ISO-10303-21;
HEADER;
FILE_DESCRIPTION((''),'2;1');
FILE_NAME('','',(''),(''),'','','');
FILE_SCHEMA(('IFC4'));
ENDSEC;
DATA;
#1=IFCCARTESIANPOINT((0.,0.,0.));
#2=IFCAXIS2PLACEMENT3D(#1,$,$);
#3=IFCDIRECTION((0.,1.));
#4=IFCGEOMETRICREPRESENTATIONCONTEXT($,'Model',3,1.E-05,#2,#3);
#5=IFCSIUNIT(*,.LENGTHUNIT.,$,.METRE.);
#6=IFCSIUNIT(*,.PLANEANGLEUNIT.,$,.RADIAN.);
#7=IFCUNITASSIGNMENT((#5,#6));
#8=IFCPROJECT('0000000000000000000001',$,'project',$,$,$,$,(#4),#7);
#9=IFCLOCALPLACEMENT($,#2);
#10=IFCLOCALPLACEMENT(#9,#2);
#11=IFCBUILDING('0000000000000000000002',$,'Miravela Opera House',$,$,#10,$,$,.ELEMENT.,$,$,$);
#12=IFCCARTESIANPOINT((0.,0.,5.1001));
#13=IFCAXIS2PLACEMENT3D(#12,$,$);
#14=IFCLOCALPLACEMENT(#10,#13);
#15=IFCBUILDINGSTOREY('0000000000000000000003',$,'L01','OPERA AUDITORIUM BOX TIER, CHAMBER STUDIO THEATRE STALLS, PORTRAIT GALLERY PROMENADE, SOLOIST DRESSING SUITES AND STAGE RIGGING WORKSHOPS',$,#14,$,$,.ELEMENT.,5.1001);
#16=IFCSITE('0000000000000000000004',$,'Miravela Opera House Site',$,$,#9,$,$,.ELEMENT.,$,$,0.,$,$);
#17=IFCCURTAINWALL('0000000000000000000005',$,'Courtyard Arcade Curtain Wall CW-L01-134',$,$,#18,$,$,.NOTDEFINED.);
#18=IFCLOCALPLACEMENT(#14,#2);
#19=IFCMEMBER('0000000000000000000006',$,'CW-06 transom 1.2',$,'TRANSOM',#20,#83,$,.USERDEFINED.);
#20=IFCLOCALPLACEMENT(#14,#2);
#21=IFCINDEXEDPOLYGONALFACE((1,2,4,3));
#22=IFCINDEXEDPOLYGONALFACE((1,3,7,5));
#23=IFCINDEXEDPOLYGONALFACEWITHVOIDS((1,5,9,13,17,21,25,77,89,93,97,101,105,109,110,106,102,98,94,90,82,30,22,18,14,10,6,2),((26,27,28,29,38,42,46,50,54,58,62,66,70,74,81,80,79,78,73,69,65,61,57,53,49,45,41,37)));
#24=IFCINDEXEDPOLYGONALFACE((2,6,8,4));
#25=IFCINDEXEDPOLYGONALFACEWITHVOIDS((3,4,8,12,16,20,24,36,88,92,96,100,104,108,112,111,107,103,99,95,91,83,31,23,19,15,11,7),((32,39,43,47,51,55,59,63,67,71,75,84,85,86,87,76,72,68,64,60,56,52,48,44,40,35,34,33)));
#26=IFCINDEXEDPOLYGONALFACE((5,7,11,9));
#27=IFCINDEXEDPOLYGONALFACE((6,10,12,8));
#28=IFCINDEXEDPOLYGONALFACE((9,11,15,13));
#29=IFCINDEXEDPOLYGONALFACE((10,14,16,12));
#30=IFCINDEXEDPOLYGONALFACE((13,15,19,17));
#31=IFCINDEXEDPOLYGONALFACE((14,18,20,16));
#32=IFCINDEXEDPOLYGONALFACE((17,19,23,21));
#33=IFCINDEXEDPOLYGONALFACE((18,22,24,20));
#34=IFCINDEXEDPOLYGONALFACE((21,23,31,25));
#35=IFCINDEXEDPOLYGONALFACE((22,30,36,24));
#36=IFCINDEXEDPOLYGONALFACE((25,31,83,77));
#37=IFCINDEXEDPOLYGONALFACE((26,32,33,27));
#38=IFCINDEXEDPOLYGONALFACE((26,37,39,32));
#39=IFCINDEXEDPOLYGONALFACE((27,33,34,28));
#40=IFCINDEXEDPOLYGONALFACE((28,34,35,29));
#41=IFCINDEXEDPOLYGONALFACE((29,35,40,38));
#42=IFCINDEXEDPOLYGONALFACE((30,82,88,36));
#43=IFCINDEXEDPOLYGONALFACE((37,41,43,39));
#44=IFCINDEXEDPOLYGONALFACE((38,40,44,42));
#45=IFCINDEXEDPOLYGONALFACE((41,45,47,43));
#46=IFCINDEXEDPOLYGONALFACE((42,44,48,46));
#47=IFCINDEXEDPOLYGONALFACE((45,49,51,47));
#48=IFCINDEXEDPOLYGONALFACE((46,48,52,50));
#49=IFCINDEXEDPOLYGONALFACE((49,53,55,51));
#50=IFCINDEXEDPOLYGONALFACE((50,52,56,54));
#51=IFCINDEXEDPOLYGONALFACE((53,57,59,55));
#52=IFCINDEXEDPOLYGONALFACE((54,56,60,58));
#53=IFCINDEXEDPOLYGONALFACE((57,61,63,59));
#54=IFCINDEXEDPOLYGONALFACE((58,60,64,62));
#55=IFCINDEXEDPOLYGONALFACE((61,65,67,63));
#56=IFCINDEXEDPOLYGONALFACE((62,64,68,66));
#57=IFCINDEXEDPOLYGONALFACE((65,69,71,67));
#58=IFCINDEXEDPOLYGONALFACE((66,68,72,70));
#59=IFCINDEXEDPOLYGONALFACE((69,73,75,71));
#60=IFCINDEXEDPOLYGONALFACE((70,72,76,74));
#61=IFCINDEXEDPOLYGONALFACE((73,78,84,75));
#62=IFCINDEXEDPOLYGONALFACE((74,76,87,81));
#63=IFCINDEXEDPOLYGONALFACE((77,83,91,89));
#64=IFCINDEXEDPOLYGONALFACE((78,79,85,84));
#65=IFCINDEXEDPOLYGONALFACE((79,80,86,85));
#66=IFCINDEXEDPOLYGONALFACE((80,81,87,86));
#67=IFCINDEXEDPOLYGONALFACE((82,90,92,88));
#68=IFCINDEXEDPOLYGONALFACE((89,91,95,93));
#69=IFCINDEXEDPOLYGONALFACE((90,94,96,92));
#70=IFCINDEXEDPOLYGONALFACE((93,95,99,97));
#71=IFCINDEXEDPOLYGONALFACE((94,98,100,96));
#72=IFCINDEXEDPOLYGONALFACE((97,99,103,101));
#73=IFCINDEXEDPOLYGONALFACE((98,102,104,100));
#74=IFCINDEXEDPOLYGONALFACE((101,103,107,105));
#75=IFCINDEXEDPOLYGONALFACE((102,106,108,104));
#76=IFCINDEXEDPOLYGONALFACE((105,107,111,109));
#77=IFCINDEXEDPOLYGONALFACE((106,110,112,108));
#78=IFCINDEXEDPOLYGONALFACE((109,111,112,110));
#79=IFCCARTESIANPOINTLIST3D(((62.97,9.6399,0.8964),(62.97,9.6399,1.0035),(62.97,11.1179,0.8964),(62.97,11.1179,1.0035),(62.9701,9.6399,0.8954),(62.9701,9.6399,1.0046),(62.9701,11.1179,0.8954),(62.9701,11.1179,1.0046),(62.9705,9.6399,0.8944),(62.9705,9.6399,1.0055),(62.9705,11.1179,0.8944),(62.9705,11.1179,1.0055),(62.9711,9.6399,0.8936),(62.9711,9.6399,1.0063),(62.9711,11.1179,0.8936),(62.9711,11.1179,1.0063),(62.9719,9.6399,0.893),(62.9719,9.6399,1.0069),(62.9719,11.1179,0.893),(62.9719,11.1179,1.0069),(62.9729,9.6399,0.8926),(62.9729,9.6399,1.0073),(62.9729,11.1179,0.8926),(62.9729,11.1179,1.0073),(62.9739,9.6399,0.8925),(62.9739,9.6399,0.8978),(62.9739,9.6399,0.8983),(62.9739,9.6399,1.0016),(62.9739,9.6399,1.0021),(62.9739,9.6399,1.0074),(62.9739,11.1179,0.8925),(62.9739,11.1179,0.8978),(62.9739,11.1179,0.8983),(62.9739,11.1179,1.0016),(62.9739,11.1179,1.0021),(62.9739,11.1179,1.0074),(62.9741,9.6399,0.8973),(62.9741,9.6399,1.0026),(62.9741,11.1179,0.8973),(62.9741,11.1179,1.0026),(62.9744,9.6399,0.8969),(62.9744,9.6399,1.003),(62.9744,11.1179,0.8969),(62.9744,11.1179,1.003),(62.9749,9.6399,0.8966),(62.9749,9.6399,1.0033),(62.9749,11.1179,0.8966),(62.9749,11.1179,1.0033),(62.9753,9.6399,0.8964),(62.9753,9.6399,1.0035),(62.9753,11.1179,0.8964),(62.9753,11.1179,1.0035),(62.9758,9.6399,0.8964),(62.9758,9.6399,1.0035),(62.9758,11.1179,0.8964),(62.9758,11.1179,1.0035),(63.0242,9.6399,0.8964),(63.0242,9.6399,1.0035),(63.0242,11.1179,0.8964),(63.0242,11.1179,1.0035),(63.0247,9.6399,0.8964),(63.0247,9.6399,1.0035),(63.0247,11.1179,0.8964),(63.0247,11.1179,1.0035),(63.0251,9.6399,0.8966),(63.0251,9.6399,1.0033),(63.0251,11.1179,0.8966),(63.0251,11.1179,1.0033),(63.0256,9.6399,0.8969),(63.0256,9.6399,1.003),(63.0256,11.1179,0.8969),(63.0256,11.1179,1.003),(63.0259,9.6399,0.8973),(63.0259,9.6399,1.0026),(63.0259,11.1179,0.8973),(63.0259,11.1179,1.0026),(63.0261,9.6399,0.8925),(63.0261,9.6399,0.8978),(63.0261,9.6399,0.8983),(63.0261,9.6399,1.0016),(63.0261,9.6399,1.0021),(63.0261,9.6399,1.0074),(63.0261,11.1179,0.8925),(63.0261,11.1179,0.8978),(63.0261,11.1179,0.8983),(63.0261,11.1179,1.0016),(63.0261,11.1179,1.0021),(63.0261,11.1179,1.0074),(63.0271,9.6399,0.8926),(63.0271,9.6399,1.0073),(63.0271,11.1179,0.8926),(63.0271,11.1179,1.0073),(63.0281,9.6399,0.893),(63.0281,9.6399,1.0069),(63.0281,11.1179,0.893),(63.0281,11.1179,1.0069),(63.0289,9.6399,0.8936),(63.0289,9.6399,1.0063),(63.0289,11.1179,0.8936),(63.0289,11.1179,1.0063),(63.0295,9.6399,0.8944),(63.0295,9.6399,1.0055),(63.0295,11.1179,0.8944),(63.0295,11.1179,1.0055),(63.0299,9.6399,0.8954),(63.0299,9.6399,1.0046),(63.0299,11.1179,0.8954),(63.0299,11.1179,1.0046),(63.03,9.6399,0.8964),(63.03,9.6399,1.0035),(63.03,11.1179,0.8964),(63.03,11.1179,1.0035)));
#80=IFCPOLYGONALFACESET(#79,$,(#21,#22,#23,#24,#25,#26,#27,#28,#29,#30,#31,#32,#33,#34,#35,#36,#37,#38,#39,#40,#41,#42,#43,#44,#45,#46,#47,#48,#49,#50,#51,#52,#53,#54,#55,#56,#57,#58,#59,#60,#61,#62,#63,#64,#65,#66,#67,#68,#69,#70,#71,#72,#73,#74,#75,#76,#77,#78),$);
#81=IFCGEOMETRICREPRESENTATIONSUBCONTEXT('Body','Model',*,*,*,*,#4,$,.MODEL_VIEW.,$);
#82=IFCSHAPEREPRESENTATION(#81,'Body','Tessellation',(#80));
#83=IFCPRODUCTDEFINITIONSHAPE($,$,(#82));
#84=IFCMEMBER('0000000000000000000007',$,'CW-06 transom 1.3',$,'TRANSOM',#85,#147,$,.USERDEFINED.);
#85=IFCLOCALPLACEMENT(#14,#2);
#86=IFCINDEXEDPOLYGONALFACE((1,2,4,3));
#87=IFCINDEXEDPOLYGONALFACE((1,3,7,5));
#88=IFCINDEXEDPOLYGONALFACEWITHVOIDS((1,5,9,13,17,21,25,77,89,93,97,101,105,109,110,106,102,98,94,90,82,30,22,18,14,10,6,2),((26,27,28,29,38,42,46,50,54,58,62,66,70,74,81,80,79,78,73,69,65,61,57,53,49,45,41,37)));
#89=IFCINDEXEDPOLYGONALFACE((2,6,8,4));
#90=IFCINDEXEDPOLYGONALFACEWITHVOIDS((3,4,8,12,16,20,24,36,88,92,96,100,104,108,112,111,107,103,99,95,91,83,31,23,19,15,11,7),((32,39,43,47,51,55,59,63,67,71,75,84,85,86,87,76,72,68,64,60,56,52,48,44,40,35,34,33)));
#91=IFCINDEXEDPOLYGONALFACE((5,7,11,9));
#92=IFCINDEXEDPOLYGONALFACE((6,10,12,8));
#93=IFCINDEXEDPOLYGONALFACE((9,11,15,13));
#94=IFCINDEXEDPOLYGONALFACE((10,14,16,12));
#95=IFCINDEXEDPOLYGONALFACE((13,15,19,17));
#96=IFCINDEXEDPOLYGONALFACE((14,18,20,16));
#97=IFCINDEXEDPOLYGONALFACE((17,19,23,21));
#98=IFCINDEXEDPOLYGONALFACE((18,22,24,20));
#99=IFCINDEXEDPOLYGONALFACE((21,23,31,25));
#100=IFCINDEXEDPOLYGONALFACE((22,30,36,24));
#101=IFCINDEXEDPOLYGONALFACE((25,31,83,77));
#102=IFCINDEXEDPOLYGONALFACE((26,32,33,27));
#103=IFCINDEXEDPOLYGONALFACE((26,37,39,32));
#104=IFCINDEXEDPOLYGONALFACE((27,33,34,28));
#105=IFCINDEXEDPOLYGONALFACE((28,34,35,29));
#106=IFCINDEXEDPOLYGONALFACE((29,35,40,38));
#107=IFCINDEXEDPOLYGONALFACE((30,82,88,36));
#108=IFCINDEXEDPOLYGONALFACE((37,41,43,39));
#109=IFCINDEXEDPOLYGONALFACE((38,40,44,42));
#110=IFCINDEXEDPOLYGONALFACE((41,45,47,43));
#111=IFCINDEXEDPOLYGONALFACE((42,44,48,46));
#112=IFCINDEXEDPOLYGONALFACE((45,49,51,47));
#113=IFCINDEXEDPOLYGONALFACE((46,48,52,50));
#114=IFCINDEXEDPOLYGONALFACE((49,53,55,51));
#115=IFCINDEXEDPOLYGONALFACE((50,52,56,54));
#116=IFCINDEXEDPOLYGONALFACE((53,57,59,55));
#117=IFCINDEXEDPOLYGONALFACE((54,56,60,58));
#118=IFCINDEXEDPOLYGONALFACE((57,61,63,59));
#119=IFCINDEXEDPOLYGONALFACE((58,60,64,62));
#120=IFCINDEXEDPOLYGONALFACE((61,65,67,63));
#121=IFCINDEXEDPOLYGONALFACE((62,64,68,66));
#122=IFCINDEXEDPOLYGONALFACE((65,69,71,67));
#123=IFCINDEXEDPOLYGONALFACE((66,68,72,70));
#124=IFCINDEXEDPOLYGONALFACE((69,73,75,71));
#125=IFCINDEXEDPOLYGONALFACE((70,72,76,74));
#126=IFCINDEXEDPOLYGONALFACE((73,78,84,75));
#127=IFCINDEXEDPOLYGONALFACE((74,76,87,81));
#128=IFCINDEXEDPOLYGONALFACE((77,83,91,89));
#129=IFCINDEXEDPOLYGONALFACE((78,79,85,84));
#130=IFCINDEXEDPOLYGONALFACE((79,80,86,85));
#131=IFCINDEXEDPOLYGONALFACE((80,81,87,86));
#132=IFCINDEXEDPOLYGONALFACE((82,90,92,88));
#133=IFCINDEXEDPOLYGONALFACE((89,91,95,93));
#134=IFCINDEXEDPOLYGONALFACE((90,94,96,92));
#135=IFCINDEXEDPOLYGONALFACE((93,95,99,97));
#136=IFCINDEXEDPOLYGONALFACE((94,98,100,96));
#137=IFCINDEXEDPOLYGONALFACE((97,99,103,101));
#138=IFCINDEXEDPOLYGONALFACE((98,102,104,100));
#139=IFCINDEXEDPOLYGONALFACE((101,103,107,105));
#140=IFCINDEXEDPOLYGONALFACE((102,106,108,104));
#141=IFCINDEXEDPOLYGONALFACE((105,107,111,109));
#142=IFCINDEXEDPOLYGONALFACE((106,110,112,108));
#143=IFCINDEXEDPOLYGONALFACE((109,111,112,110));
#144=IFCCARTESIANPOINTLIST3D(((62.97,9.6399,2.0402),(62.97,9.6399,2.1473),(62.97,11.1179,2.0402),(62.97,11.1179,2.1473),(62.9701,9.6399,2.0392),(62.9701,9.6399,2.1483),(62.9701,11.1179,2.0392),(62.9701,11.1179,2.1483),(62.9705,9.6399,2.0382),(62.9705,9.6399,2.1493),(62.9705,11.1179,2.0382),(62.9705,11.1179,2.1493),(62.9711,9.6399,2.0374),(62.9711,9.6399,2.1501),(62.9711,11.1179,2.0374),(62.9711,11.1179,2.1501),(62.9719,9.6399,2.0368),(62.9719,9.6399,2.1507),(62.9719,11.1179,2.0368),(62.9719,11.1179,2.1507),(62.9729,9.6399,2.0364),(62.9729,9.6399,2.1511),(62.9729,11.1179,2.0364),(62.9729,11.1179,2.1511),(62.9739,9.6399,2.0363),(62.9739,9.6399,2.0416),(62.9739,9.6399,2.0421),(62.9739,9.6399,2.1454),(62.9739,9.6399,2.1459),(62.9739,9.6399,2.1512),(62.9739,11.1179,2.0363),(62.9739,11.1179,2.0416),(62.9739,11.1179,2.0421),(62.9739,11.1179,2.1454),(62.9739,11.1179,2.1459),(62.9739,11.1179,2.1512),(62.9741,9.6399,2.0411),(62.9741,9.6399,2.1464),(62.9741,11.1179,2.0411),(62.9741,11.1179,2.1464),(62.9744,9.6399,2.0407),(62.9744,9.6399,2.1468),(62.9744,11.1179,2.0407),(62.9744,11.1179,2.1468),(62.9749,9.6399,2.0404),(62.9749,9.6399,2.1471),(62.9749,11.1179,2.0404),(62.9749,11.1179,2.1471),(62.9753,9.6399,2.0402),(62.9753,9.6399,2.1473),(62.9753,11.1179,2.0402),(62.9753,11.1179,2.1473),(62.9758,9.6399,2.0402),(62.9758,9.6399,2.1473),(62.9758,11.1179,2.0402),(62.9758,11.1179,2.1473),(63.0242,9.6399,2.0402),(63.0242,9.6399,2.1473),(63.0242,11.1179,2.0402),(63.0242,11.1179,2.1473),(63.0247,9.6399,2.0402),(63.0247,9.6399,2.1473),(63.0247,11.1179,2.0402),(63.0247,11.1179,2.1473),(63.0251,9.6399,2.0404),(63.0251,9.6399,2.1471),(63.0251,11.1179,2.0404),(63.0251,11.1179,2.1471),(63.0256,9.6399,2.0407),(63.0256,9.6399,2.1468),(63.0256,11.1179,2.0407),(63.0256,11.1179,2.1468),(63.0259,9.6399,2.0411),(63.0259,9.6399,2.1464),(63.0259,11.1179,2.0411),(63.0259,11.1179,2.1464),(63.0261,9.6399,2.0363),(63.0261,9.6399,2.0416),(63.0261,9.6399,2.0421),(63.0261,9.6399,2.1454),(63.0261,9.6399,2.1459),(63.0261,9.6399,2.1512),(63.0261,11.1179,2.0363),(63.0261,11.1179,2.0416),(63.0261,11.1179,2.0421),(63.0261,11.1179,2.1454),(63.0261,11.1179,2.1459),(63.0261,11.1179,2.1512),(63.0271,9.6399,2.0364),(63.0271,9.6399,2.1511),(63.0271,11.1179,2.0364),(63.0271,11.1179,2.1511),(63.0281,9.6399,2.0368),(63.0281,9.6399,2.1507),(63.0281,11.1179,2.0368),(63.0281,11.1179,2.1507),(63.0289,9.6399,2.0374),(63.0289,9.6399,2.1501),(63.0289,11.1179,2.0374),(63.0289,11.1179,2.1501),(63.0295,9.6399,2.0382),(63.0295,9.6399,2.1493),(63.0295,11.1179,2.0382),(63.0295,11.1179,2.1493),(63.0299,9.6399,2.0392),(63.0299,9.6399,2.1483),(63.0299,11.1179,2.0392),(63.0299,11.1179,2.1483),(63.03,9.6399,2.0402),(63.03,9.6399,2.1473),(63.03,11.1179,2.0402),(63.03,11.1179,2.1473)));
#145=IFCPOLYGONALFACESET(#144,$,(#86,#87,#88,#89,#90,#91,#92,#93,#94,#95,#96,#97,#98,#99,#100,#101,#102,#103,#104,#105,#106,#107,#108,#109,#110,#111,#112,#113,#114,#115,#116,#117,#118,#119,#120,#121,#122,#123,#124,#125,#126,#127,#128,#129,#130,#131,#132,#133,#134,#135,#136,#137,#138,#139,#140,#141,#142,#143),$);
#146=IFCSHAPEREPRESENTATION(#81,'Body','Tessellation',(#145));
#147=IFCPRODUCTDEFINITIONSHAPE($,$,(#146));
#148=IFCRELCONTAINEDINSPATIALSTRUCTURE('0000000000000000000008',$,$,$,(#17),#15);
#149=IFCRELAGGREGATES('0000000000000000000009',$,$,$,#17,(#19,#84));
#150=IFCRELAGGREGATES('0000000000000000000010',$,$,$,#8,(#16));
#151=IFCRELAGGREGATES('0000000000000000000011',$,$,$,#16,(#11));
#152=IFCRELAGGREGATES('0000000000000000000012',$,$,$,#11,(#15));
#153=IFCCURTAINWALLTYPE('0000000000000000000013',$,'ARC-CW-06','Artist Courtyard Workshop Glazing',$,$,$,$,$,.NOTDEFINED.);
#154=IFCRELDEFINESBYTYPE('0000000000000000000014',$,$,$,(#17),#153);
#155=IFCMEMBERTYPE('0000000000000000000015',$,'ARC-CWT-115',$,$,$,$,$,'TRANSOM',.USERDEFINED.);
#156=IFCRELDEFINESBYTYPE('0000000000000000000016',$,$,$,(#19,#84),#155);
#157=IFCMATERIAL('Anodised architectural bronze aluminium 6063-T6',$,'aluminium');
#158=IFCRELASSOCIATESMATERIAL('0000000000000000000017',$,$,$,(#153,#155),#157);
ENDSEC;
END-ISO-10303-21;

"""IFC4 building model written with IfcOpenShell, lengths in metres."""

from ifc_helpers import new_model, si_unit, direction, frame, origin, origin_2d, place, context, subcontext, project, spatial, hollow_rectangle, extrude, material, material_profile, profile_set, type_object, element, aggregate, save


model = new_model("IFC4")

# Units and contexts
model_context = context("Model", 3, precision=1e-05, world=origin(), true_north=direction((0.0, 1.0)))
body_context = subcontext(model_context, "Body", "Model", "MODEL_VIEW")
ifc_project = project(units=[si_unit("LENGTHUNIT", "METRE"), si_unit("PLANEANGLEUNIT", "RADIAN")], contexts=[model_context])

# Site, building, storey
site_placement = place(None, origin())
site = spatial("IfcSite", under=ifc_project, at=site_placement, Name="Miravela Opera House Site", CompositionType="ELEMENT", RefElevation=0.0)
building_placement = place(site_placement, origin())
building = spatial("IfcBuilding", under=site, at=building_placement, Name="Miravela Opera House", CompositionType="ELEMENT")
storey_placement = place(building_placement, frame((0.0, 0.0, 5.1001)))
storey = spatial("IfcBuildingStorey", under=building, at=storey_placement, Name="L01", Description="OPERA AUDITORIUM BOX TIER, CHAMBER STUDIO THEATRE STALLS, PORTRAIT GALLERY PROMENADE, SOLOIST DRESSING SUITES AND STAGE RIGGING WORKSHOPS", CompositionType="ELEMENT", Elevation=5.1001)

# Curtain wall, members
ifc_material_1 = material(Name="Anodised architectural bronze aluminium 6063-T6", Category="aluminium")
curtain_wall_type = type_object("IfcCurtainWallType", Name="ARC-CW-06", Description="Artist Courtyard Workshop Glazing", PredefinedType="NOTDEFINED", material=ifc_material_1)
curtain_wall_placement = place(storey_placement, origin())
curtain_wall = element("IfcCurtainWall", 1, at=curtain_wall_placement, inside=storey, type_object=curtain_wall_type, Name="Courtyard Arcade Curtain Wall CW-L01-134", PredefinedType="NOTDEFINED")
ifc_material_profile_1 = material_profile(ifc_material_1, hollow_rectangle(XDim=0.0601, YDim=0.115, WallThickness=0.0039, InnerFilletRadius=0.002, OuterFilletRadius=0.0039, at=origin_2d()), Name="CWT-60X115")
ifc_profile_set_1 = profile_set([ifc_material_profile_1])
member_type_1 = type_object("IfcMemberType", Name="ARC-CWT-115", ElementType="TRANSOM", PredefinedType="USERDEFINED", material=ifc_profile_set_1)
member_1_placement = place(storey_placement, frame((63.0, 9.6399, 0.95), z_axis=(0.0, 1.0, 0.0), x_axis=(-1.0, 0.0, 0.0)))
member_1 = element("IfcMember", 2, at=member_1_placement, type_object=member_type_1, Name="CW-06 transom 1.2", ObjectType="TRANSOM", PredefinedType="USERDEFINED", context=body_context, shape_type="SweptSolid", body=[
    extrude(hollow_rectangle(XDim=0.0601, YDim=0.115, WallThickness=0.0039, InnerFilletRadius=0.002, OuterFilletRadius=0.0039, at=origin_2d()), origin(), (0.0, 0.0, 1.0), 1.478),
])
member_2_placement = place(storey_placement, frame((63.0, 9.6399, 2.0938), z_axis=(0.0, 1.0, 0.0), x_axis=(-1.0, 0.0, 0.0)))
member_2 = element("IfcMember", 3, at=member_2_placement, type_object=member_type_1, Name="CW-06 transom 1.3", ObjectType="TRANSOM", PredefinedType="USERDEFINED", context=body_context, shape_type="SweptSolid", body=[
    extrude(hollow_rectangle(XDim=0.0601, YDim=0.115, WallThickness=0.0039, InnerFilletRadius=0.002, OuterFilletRadius=0.0039, at=origin_2d()), origin(), (0.0, 0.0, 1.0), 1.478),
])

aggregate(curtain_wall, [member_1, member_2])

save(model, "model.ifc")
